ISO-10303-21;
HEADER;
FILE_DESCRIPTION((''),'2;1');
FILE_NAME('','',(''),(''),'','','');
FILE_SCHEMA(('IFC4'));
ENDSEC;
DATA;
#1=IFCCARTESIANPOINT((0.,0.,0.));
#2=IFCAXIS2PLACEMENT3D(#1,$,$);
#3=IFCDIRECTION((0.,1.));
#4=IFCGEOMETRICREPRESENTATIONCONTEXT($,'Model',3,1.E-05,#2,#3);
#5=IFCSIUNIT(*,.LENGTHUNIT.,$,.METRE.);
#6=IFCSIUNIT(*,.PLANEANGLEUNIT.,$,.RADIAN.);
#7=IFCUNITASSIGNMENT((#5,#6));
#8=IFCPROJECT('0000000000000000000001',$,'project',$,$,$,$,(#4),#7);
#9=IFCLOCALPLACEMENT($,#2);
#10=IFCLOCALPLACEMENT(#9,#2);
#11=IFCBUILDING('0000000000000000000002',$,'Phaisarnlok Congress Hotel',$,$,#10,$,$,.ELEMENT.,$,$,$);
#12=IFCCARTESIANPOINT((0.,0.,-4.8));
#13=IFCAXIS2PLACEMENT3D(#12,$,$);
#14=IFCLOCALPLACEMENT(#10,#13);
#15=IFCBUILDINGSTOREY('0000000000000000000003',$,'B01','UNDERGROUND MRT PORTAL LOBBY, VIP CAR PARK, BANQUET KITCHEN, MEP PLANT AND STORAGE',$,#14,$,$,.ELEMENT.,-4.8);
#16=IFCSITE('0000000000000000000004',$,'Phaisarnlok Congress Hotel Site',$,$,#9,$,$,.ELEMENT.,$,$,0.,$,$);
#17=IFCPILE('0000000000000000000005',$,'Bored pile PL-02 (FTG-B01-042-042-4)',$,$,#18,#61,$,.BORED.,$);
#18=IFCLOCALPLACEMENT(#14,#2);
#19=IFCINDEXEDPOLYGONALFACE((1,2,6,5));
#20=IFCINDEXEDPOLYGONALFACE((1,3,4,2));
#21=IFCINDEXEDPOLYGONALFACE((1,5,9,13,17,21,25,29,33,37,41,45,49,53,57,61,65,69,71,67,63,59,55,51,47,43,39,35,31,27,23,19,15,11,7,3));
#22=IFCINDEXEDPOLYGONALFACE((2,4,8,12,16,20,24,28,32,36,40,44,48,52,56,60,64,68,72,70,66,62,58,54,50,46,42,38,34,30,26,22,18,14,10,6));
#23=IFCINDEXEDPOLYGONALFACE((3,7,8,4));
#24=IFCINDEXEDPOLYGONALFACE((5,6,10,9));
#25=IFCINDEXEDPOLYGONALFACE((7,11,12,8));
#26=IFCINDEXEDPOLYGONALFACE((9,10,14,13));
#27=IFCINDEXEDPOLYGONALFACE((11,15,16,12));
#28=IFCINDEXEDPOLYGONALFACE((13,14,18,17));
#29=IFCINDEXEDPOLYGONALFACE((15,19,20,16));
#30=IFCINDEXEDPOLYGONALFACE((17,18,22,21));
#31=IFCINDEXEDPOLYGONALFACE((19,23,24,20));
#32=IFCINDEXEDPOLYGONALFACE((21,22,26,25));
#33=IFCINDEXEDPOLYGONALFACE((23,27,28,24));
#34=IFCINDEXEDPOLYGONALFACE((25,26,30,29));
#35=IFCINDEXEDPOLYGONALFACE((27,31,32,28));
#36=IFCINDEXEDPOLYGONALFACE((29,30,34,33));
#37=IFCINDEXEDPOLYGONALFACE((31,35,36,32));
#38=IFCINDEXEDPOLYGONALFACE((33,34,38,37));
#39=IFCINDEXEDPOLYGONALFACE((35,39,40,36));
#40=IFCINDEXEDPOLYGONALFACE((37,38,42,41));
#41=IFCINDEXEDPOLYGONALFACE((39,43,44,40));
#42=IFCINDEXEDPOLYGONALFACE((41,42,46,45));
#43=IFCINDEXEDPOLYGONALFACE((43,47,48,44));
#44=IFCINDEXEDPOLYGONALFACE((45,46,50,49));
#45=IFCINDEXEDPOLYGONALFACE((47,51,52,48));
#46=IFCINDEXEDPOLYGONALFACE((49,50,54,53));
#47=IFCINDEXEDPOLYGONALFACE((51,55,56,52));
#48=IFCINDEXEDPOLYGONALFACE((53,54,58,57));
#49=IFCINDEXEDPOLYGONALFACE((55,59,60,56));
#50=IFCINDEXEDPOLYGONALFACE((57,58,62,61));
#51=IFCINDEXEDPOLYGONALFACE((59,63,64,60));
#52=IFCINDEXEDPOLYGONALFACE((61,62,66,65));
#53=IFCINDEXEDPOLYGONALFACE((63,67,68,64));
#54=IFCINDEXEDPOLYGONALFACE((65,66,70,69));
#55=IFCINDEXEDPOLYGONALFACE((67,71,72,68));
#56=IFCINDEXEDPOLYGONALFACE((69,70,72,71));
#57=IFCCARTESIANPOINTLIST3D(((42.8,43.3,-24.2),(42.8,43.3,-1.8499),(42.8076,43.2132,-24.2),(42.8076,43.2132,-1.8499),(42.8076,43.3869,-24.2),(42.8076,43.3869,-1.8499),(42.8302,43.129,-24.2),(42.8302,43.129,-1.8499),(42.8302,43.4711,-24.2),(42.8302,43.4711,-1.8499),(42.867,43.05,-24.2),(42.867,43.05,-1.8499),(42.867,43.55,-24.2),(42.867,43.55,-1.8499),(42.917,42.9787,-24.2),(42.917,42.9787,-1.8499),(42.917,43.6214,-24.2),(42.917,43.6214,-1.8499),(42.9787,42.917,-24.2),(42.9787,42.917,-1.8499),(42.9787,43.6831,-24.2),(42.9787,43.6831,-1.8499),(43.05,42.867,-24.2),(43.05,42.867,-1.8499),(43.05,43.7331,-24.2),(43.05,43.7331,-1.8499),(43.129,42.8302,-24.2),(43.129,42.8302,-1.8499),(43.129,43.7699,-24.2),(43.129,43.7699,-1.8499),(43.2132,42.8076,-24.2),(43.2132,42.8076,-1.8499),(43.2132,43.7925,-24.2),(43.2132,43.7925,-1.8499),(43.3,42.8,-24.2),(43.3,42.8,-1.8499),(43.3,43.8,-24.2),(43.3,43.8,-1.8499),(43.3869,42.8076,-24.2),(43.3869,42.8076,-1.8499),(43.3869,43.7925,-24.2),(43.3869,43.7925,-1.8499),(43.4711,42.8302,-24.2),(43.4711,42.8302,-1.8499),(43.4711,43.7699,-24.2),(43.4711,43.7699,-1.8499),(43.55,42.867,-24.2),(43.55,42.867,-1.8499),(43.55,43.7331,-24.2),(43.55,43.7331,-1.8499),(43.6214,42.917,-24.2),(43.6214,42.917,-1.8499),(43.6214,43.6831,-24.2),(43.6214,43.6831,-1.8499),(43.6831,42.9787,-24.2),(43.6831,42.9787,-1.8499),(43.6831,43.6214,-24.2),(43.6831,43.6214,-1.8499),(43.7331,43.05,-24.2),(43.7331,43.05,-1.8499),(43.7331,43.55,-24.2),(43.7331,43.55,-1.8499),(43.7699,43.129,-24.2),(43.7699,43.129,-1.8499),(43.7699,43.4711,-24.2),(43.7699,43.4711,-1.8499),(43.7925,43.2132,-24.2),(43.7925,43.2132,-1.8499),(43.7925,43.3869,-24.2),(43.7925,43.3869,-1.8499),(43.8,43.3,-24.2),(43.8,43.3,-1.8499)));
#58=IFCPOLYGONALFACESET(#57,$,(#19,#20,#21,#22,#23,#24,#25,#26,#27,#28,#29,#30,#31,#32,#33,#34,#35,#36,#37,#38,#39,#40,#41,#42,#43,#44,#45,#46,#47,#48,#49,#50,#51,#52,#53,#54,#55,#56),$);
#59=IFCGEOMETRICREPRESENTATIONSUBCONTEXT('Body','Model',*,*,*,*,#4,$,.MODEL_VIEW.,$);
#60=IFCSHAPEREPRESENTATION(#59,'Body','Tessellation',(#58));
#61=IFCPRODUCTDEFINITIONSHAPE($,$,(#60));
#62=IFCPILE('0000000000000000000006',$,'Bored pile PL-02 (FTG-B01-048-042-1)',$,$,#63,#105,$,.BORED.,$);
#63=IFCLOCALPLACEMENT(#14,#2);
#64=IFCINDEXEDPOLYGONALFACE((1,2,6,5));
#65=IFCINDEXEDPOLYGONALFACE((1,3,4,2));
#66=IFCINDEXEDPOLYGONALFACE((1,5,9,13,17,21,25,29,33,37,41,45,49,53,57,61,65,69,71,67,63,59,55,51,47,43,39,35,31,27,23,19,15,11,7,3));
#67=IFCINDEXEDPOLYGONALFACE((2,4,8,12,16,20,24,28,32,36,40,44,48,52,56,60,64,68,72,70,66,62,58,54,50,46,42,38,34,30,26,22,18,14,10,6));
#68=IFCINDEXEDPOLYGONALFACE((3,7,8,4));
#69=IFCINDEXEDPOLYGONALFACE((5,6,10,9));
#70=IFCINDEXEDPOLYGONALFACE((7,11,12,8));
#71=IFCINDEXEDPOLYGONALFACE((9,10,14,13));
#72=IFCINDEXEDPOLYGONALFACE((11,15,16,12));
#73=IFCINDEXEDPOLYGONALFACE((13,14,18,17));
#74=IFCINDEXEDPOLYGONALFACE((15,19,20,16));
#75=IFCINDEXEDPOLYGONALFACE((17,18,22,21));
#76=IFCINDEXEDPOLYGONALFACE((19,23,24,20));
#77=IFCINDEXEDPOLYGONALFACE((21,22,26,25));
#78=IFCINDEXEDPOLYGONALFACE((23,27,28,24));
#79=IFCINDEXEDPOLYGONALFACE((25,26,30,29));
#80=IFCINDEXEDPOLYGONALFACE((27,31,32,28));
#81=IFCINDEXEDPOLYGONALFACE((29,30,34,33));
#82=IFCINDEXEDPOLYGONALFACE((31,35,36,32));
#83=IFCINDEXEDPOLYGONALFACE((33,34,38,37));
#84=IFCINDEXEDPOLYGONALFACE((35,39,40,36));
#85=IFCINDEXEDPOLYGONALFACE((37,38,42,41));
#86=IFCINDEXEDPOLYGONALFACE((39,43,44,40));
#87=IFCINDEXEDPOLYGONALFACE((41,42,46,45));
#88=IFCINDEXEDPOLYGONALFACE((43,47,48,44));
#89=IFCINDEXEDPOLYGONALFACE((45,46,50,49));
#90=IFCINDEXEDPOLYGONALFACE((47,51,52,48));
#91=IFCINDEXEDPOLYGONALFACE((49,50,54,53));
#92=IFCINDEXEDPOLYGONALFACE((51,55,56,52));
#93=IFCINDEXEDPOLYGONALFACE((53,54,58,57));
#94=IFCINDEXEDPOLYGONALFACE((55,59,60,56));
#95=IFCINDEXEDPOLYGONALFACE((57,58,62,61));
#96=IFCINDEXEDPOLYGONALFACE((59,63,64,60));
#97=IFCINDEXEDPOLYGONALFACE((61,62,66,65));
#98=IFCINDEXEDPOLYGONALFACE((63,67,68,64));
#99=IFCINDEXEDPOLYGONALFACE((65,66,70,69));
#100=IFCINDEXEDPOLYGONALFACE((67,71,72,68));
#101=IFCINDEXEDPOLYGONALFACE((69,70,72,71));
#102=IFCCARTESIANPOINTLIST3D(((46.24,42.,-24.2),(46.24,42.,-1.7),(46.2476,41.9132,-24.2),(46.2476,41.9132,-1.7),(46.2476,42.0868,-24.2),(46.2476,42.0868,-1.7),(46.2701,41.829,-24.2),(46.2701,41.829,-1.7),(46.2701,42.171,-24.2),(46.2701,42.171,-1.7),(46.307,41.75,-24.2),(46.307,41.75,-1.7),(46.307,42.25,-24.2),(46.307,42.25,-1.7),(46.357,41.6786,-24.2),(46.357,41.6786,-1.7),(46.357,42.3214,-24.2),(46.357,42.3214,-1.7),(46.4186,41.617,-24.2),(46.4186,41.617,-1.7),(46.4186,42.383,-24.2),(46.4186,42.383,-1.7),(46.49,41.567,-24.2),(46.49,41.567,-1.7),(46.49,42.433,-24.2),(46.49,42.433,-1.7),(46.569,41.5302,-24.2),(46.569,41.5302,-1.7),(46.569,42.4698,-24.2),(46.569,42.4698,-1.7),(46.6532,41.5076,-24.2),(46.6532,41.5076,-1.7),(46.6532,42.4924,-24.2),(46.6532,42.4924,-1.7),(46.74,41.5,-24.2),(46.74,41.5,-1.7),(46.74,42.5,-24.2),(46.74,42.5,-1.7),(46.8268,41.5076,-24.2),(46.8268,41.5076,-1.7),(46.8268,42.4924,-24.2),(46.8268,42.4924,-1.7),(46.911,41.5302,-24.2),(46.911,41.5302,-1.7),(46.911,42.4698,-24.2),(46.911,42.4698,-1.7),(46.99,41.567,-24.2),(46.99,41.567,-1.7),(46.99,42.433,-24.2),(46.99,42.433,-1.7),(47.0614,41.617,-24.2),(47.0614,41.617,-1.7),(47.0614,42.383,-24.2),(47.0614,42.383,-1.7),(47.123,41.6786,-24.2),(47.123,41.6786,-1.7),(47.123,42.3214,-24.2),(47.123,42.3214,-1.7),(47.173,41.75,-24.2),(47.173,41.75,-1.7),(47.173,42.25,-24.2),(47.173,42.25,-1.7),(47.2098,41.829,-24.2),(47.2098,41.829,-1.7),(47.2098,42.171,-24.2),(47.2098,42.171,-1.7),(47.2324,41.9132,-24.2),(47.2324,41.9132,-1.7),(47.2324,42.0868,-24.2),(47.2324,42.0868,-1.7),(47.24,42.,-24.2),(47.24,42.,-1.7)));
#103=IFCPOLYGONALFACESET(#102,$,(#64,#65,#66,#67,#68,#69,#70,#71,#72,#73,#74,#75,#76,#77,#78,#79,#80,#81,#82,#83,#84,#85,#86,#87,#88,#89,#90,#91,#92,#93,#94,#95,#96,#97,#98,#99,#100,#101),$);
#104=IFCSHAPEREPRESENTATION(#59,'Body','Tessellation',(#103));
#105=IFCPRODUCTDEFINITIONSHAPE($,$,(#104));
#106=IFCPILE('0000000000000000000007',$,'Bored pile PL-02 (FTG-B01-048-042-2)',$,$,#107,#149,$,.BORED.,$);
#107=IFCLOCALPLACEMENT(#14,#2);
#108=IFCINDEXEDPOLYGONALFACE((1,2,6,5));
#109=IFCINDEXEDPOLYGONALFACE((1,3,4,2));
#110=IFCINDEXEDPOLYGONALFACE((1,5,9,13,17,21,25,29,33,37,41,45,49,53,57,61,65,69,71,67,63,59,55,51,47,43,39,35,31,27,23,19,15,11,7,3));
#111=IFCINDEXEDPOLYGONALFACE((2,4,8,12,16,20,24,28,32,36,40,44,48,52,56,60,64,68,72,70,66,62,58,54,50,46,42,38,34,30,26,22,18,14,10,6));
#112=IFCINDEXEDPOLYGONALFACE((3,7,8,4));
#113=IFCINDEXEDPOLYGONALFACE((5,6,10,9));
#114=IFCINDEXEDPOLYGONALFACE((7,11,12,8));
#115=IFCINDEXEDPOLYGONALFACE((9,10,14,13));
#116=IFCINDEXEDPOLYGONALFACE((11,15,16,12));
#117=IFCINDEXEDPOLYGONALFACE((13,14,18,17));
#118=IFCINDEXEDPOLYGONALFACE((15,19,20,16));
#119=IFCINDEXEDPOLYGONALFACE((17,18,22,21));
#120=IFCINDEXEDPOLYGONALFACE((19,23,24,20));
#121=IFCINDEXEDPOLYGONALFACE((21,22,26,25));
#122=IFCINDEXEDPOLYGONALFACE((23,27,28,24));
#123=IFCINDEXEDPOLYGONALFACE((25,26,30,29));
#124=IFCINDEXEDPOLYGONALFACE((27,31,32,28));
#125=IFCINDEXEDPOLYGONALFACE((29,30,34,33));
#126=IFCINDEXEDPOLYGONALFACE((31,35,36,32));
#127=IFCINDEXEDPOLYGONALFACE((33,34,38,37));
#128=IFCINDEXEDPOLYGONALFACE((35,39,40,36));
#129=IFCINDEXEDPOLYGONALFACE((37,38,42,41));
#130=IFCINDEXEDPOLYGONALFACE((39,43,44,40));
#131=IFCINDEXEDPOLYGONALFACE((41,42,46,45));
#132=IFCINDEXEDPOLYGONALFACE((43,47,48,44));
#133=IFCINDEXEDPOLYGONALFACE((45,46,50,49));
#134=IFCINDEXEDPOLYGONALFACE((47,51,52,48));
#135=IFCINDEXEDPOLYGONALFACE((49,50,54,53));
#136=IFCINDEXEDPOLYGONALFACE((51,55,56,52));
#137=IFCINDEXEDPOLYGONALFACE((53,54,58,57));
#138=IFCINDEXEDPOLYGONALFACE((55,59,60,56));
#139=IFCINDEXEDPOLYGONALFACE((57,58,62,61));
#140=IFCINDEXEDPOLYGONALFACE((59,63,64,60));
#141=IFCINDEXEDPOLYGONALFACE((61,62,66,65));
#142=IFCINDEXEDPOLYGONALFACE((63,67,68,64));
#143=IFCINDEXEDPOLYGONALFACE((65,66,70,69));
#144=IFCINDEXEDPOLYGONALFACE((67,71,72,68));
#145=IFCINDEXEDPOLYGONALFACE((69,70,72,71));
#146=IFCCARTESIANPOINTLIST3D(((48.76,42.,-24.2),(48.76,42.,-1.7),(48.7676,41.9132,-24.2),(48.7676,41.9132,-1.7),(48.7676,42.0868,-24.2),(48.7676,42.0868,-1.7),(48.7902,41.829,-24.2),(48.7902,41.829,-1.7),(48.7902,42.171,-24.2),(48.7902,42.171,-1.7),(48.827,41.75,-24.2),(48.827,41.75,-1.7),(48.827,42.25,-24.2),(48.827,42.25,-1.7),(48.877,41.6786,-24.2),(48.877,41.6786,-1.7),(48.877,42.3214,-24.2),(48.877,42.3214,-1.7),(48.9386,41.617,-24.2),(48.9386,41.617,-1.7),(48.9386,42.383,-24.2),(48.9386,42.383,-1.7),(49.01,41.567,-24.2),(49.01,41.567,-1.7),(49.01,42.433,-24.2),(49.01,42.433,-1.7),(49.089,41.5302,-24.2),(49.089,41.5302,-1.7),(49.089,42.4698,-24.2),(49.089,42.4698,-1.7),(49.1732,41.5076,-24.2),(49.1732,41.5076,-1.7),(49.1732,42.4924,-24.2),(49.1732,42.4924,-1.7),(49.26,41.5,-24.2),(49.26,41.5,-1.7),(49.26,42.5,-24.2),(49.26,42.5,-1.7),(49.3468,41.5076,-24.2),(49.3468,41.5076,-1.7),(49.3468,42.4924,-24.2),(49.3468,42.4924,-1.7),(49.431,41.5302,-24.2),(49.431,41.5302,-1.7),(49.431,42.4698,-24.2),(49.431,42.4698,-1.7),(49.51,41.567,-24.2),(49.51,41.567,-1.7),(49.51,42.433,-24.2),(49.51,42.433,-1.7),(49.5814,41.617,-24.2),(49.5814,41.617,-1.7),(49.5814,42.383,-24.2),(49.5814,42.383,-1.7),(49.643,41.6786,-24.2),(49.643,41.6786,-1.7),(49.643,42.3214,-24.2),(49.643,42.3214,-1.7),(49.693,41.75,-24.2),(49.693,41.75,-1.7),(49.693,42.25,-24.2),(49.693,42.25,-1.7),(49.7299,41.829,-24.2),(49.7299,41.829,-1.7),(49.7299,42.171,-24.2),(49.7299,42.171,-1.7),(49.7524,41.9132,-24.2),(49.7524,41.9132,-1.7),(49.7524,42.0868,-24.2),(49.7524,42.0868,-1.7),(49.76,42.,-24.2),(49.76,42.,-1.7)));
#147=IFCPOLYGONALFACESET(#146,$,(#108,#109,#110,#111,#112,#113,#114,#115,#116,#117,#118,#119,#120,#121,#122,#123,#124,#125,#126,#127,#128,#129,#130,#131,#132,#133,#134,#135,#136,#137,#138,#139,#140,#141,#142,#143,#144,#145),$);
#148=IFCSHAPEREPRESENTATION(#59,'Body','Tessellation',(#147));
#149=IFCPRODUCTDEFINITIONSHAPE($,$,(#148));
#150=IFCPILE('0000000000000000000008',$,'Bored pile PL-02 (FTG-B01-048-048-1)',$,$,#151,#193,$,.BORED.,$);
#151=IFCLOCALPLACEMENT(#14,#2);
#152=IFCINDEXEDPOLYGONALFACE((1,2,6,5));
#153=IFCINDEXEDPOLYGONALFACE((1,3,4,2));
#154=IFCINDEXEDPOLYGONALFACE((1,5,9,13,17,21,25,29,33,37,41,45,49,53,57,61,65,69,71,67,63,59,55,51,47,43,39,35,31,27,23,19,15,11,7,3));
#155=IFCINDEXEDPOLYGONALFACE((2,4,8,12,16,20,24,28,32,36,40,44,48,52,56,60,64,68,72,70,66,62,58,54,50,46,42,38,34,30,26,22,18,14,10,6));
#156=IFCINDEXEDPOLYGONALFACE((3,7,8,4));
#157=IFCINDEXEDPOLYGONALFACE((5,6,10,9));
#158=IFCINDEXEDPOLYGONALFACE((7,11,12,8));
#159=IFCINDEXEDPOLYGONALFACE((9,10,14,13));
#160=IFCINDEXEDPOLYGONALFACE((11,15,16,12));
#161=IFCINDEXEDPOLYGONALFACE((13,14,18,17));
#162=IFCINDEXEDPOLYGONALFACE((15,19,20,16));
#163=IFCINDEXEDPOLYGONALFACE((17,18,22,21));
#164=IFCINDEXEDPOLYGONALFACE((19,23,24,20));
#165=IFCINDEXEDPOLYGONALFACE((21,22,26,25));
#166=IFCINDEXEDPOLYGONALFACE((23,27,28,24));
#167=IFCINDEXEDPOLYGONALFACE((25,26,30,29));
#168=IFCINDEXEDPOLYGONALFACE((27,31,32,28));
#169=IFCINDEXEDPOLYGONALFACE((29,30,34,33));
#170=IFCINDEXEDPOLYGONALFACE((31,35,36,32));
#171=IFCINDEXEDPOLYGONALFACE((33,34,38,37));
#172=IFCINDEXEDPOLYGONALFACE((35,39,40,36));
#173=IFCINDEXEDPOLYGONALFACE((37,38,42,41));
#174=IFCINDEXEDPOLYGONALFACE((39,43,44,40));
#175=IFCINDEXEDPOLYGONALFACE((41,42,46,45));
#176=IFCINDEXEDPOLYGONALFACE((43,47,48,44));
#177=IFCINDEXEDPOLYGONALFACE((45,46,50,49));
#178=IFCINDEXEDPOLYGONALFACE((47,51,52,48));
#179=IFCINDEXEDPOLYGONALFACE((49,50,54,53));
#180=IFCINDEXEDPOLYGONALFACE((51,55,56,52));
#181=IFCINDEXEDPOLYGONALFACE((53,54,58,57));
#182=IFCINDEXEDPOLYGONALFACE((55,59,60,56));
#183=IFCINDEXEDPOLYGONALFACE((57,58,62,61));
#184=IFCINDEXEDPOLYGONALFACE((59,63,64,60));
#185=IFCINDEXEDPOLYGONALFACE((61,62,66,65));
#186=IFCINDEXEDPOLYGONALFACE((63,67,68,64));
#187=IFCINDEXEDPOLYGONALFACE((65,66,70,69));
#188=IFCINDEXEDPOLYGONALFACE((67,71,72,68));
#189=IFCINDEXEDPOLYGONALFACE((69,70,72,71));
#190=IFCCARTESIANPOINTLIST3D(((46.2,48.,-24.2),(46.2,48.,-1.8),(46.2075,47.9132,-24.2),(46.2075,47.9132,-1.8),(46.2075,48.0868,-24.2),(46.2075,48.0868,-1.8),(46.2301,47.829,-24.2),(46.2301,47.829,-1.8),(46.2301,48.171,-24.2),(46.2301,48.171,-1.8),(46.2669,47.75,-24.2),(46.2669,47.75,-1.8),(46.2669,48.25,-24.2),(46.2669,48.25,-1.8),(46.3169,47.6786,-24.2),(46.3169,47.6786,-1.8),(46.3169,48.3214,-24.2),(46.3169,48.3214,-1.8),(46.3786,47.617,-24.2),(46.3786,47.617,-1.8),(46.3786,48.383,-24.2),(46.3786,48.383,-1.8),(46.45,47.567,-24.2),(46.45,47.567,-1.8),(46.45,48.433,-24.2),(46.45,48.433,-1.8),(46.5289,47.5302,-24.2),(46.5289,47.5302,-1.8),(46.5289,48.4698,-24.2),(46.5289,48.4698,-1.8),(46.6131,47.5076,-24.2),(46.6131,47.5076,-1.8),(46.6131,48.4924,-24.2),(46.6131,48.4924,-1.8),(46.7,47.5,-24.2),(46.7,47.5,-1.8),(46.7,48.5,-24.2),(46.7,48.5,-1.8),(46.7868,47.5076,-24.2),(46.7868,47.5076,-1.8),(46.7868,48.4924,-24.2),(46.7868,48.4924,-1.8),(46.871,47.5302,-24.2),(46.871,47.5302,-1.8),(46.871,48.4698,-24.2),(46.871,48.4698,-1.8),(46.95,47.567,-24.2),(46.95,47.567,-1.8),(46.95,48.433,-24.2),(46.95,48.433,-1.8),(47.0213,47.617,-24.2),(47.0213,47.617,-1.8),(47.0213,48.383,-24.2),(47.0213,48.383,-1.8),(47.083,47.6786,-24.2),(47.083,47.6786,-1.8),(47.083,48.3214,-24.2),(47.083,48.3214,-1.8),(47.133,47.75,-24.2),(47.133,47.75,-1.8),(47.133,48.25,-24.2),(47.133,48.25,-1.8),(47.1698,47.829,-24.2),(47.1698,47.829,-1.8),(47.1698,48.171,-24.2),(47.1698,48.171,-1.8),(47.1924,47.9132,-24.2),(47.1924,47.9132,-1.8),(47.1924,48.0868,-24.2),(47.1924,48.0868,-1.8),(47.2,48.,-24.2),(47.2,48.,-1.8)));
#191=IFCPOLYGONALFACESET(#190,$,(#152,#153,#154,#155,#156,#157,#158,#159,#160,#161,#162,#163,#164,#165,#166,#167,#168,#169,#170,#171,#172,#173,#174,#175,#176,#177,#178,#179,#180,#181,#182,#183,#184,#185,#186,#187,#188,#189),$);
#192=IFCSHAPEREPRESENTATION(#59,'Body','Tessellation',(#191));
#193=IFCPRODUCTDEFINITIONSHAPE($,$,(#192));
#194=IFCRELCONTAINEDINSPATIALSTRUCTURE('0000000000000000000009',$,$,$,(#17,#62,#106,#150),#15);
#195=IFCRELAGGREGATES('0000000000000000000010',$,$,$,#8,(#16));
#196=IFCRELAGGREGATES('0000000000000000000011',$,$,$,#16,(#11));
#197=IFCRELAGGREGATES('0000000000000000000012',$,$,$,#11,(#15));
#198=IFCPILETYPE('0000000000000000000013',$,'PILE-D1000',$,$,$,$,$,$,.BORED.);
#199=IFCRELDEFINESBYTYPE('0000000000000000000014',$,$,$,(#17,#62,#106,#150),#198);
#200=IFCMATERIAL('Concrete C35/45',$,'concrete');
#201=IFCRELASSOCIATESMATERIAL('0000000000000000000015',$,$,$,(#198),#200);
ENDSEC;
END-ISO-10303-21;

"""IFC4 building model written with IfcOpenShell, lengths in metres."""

from ifc_helpers import new_model, si_unit, direction, frame, origin, origin_2d, place, context, subcontext, project, spatial, circle, extrude, material, material_profile, profile_set, type_object, element, save


model = new_model("IFC4")

# Units and contexts
model_context = context("Model", 3, precision=1e-05, world=origin(), true_north=direction((0.0, 1.0)))
body_context = subcontext(model_context, "Body", "Model", "MODEL_VIEW")
ifc_project = project(units=[si_unit("LENGTHUNIT", "METRE"), si_unit("PLANEANGLEUNIT", "RADIAN")], contexts=[model_context])

# Site, building, storey
site_placement = place(None, origin())
site = spatial("IfcSite", under=ifc_project, at=site_placement, Name="Phaisarnlok Congress Hotel Site", CompositionType="ELEMENT", RefElevation=0.0)
building_placement = place(site_placement, origin())
building = spatial("IfcBuilding", under=site, at=building_placement, Name="Phaisarnlok Congress Hotel", CompositionType="ELEMENT")
storey_placement = place(building_placement, frame((0.0, 0.0, -4.8)))
storey = spatial("IfcBuildingStorey", under=building, at=storey_placement, Name="B01", Description="UNDERGROUND MRT PORTAL LOBBY, VIP CAR PARK, BANQUET KITCHEN, MEP PLANT AND STORAGE", CompositionType="ELEMENT", Elevation=-4.8)

# Piles
ifc_material_1 = material(Name="Concrete C35/45", Category="concrete")
ifc_material_profile_1 = material_profile(ifc_material_1, circle(Radius=0.5, at=origin_2d()), Name="BORED PILE D1000")
ifc_profile_set_1 = profile_set([ifc_material_profile_1], Name="Concrete C35/45")
pile_type_1 = type_object("IfcPileType", Name="PILE-D1000", PredefinedType="BORED", material=ifc_profile_set_1)
for number, where, z_axis, x_axis, name in (
    (1, (43.3, 43.3, -1.8499), (0.0, 0.0, -1.0), (1.0, 0.0, 0.0), "Bored pile PL-02 (FTG-B01-042-042-4)"),
):
    element("IfcPile", number, at=place(storey_placement, frame(where, z_axis=z_axis, x_axis=x_axis)), inside=storey, type_object=pile_type_1, Name=name, PredefinedType="BORED", context=body_context, shape_type="SweptSolid", body=[
        extrude(circle(Radius=0.5, at=origin_2d()), origin(), (0.0, 0.0, 1.0), 22.3501),
    ])
for number, where, z_axis, x_axis, name in (
    (2, (46.74, 42.0, -1.7), (0.0, 0.0, -1.0), (1.0, 0.0, 0.0), "Bored pile PL-02 (FTG-B01-048-042-1)"),
    (3, (49.26, 42.0, -1.7), (0.0, 0.0, -1.0), (1.0, 0.0, 0.0), "Bored pile PL-02 (FTG-B01-048-042-2)"),
):
    element("IfcPile", number, at=place(storey_placement, frame(where, z_axis=z_axis, x_axis=x_axis)), inside=storey, type_object=pile_type_1, Name=name, PredefinedType="BORED", context=body_context, shape_type="SweptSolid", body=[
        extrude(circle(Radius=0.5, at=origin_2d()), origin(), (0.0, 0.0, 1.0), 22.5),
    ])
for number, where, z_axis, x_axis, name in (
    (4, (46.7, 48.0, -1.8), (0.0, 0.0, -1.0), (1.0, 0.0, 0.0), "Bored pile PL-02 (FTG-B01-048-048-1)"),
):
    element("IfcPile", number, at=place(storey_placement, frame(where, z_axis=z_axis, x_axis=x_axis)), inside=storey, type_object=pile_type_1, Name=name, PredefinedType="BORED", context=body_context, shape_type="SweptSolid", body=[
        extrude(circle(Radius=0.5, at=origin_2d()), origin(), (0.0, 0.0, 1.0), 22.3999),
    ])

save(model, "model.ifc")
